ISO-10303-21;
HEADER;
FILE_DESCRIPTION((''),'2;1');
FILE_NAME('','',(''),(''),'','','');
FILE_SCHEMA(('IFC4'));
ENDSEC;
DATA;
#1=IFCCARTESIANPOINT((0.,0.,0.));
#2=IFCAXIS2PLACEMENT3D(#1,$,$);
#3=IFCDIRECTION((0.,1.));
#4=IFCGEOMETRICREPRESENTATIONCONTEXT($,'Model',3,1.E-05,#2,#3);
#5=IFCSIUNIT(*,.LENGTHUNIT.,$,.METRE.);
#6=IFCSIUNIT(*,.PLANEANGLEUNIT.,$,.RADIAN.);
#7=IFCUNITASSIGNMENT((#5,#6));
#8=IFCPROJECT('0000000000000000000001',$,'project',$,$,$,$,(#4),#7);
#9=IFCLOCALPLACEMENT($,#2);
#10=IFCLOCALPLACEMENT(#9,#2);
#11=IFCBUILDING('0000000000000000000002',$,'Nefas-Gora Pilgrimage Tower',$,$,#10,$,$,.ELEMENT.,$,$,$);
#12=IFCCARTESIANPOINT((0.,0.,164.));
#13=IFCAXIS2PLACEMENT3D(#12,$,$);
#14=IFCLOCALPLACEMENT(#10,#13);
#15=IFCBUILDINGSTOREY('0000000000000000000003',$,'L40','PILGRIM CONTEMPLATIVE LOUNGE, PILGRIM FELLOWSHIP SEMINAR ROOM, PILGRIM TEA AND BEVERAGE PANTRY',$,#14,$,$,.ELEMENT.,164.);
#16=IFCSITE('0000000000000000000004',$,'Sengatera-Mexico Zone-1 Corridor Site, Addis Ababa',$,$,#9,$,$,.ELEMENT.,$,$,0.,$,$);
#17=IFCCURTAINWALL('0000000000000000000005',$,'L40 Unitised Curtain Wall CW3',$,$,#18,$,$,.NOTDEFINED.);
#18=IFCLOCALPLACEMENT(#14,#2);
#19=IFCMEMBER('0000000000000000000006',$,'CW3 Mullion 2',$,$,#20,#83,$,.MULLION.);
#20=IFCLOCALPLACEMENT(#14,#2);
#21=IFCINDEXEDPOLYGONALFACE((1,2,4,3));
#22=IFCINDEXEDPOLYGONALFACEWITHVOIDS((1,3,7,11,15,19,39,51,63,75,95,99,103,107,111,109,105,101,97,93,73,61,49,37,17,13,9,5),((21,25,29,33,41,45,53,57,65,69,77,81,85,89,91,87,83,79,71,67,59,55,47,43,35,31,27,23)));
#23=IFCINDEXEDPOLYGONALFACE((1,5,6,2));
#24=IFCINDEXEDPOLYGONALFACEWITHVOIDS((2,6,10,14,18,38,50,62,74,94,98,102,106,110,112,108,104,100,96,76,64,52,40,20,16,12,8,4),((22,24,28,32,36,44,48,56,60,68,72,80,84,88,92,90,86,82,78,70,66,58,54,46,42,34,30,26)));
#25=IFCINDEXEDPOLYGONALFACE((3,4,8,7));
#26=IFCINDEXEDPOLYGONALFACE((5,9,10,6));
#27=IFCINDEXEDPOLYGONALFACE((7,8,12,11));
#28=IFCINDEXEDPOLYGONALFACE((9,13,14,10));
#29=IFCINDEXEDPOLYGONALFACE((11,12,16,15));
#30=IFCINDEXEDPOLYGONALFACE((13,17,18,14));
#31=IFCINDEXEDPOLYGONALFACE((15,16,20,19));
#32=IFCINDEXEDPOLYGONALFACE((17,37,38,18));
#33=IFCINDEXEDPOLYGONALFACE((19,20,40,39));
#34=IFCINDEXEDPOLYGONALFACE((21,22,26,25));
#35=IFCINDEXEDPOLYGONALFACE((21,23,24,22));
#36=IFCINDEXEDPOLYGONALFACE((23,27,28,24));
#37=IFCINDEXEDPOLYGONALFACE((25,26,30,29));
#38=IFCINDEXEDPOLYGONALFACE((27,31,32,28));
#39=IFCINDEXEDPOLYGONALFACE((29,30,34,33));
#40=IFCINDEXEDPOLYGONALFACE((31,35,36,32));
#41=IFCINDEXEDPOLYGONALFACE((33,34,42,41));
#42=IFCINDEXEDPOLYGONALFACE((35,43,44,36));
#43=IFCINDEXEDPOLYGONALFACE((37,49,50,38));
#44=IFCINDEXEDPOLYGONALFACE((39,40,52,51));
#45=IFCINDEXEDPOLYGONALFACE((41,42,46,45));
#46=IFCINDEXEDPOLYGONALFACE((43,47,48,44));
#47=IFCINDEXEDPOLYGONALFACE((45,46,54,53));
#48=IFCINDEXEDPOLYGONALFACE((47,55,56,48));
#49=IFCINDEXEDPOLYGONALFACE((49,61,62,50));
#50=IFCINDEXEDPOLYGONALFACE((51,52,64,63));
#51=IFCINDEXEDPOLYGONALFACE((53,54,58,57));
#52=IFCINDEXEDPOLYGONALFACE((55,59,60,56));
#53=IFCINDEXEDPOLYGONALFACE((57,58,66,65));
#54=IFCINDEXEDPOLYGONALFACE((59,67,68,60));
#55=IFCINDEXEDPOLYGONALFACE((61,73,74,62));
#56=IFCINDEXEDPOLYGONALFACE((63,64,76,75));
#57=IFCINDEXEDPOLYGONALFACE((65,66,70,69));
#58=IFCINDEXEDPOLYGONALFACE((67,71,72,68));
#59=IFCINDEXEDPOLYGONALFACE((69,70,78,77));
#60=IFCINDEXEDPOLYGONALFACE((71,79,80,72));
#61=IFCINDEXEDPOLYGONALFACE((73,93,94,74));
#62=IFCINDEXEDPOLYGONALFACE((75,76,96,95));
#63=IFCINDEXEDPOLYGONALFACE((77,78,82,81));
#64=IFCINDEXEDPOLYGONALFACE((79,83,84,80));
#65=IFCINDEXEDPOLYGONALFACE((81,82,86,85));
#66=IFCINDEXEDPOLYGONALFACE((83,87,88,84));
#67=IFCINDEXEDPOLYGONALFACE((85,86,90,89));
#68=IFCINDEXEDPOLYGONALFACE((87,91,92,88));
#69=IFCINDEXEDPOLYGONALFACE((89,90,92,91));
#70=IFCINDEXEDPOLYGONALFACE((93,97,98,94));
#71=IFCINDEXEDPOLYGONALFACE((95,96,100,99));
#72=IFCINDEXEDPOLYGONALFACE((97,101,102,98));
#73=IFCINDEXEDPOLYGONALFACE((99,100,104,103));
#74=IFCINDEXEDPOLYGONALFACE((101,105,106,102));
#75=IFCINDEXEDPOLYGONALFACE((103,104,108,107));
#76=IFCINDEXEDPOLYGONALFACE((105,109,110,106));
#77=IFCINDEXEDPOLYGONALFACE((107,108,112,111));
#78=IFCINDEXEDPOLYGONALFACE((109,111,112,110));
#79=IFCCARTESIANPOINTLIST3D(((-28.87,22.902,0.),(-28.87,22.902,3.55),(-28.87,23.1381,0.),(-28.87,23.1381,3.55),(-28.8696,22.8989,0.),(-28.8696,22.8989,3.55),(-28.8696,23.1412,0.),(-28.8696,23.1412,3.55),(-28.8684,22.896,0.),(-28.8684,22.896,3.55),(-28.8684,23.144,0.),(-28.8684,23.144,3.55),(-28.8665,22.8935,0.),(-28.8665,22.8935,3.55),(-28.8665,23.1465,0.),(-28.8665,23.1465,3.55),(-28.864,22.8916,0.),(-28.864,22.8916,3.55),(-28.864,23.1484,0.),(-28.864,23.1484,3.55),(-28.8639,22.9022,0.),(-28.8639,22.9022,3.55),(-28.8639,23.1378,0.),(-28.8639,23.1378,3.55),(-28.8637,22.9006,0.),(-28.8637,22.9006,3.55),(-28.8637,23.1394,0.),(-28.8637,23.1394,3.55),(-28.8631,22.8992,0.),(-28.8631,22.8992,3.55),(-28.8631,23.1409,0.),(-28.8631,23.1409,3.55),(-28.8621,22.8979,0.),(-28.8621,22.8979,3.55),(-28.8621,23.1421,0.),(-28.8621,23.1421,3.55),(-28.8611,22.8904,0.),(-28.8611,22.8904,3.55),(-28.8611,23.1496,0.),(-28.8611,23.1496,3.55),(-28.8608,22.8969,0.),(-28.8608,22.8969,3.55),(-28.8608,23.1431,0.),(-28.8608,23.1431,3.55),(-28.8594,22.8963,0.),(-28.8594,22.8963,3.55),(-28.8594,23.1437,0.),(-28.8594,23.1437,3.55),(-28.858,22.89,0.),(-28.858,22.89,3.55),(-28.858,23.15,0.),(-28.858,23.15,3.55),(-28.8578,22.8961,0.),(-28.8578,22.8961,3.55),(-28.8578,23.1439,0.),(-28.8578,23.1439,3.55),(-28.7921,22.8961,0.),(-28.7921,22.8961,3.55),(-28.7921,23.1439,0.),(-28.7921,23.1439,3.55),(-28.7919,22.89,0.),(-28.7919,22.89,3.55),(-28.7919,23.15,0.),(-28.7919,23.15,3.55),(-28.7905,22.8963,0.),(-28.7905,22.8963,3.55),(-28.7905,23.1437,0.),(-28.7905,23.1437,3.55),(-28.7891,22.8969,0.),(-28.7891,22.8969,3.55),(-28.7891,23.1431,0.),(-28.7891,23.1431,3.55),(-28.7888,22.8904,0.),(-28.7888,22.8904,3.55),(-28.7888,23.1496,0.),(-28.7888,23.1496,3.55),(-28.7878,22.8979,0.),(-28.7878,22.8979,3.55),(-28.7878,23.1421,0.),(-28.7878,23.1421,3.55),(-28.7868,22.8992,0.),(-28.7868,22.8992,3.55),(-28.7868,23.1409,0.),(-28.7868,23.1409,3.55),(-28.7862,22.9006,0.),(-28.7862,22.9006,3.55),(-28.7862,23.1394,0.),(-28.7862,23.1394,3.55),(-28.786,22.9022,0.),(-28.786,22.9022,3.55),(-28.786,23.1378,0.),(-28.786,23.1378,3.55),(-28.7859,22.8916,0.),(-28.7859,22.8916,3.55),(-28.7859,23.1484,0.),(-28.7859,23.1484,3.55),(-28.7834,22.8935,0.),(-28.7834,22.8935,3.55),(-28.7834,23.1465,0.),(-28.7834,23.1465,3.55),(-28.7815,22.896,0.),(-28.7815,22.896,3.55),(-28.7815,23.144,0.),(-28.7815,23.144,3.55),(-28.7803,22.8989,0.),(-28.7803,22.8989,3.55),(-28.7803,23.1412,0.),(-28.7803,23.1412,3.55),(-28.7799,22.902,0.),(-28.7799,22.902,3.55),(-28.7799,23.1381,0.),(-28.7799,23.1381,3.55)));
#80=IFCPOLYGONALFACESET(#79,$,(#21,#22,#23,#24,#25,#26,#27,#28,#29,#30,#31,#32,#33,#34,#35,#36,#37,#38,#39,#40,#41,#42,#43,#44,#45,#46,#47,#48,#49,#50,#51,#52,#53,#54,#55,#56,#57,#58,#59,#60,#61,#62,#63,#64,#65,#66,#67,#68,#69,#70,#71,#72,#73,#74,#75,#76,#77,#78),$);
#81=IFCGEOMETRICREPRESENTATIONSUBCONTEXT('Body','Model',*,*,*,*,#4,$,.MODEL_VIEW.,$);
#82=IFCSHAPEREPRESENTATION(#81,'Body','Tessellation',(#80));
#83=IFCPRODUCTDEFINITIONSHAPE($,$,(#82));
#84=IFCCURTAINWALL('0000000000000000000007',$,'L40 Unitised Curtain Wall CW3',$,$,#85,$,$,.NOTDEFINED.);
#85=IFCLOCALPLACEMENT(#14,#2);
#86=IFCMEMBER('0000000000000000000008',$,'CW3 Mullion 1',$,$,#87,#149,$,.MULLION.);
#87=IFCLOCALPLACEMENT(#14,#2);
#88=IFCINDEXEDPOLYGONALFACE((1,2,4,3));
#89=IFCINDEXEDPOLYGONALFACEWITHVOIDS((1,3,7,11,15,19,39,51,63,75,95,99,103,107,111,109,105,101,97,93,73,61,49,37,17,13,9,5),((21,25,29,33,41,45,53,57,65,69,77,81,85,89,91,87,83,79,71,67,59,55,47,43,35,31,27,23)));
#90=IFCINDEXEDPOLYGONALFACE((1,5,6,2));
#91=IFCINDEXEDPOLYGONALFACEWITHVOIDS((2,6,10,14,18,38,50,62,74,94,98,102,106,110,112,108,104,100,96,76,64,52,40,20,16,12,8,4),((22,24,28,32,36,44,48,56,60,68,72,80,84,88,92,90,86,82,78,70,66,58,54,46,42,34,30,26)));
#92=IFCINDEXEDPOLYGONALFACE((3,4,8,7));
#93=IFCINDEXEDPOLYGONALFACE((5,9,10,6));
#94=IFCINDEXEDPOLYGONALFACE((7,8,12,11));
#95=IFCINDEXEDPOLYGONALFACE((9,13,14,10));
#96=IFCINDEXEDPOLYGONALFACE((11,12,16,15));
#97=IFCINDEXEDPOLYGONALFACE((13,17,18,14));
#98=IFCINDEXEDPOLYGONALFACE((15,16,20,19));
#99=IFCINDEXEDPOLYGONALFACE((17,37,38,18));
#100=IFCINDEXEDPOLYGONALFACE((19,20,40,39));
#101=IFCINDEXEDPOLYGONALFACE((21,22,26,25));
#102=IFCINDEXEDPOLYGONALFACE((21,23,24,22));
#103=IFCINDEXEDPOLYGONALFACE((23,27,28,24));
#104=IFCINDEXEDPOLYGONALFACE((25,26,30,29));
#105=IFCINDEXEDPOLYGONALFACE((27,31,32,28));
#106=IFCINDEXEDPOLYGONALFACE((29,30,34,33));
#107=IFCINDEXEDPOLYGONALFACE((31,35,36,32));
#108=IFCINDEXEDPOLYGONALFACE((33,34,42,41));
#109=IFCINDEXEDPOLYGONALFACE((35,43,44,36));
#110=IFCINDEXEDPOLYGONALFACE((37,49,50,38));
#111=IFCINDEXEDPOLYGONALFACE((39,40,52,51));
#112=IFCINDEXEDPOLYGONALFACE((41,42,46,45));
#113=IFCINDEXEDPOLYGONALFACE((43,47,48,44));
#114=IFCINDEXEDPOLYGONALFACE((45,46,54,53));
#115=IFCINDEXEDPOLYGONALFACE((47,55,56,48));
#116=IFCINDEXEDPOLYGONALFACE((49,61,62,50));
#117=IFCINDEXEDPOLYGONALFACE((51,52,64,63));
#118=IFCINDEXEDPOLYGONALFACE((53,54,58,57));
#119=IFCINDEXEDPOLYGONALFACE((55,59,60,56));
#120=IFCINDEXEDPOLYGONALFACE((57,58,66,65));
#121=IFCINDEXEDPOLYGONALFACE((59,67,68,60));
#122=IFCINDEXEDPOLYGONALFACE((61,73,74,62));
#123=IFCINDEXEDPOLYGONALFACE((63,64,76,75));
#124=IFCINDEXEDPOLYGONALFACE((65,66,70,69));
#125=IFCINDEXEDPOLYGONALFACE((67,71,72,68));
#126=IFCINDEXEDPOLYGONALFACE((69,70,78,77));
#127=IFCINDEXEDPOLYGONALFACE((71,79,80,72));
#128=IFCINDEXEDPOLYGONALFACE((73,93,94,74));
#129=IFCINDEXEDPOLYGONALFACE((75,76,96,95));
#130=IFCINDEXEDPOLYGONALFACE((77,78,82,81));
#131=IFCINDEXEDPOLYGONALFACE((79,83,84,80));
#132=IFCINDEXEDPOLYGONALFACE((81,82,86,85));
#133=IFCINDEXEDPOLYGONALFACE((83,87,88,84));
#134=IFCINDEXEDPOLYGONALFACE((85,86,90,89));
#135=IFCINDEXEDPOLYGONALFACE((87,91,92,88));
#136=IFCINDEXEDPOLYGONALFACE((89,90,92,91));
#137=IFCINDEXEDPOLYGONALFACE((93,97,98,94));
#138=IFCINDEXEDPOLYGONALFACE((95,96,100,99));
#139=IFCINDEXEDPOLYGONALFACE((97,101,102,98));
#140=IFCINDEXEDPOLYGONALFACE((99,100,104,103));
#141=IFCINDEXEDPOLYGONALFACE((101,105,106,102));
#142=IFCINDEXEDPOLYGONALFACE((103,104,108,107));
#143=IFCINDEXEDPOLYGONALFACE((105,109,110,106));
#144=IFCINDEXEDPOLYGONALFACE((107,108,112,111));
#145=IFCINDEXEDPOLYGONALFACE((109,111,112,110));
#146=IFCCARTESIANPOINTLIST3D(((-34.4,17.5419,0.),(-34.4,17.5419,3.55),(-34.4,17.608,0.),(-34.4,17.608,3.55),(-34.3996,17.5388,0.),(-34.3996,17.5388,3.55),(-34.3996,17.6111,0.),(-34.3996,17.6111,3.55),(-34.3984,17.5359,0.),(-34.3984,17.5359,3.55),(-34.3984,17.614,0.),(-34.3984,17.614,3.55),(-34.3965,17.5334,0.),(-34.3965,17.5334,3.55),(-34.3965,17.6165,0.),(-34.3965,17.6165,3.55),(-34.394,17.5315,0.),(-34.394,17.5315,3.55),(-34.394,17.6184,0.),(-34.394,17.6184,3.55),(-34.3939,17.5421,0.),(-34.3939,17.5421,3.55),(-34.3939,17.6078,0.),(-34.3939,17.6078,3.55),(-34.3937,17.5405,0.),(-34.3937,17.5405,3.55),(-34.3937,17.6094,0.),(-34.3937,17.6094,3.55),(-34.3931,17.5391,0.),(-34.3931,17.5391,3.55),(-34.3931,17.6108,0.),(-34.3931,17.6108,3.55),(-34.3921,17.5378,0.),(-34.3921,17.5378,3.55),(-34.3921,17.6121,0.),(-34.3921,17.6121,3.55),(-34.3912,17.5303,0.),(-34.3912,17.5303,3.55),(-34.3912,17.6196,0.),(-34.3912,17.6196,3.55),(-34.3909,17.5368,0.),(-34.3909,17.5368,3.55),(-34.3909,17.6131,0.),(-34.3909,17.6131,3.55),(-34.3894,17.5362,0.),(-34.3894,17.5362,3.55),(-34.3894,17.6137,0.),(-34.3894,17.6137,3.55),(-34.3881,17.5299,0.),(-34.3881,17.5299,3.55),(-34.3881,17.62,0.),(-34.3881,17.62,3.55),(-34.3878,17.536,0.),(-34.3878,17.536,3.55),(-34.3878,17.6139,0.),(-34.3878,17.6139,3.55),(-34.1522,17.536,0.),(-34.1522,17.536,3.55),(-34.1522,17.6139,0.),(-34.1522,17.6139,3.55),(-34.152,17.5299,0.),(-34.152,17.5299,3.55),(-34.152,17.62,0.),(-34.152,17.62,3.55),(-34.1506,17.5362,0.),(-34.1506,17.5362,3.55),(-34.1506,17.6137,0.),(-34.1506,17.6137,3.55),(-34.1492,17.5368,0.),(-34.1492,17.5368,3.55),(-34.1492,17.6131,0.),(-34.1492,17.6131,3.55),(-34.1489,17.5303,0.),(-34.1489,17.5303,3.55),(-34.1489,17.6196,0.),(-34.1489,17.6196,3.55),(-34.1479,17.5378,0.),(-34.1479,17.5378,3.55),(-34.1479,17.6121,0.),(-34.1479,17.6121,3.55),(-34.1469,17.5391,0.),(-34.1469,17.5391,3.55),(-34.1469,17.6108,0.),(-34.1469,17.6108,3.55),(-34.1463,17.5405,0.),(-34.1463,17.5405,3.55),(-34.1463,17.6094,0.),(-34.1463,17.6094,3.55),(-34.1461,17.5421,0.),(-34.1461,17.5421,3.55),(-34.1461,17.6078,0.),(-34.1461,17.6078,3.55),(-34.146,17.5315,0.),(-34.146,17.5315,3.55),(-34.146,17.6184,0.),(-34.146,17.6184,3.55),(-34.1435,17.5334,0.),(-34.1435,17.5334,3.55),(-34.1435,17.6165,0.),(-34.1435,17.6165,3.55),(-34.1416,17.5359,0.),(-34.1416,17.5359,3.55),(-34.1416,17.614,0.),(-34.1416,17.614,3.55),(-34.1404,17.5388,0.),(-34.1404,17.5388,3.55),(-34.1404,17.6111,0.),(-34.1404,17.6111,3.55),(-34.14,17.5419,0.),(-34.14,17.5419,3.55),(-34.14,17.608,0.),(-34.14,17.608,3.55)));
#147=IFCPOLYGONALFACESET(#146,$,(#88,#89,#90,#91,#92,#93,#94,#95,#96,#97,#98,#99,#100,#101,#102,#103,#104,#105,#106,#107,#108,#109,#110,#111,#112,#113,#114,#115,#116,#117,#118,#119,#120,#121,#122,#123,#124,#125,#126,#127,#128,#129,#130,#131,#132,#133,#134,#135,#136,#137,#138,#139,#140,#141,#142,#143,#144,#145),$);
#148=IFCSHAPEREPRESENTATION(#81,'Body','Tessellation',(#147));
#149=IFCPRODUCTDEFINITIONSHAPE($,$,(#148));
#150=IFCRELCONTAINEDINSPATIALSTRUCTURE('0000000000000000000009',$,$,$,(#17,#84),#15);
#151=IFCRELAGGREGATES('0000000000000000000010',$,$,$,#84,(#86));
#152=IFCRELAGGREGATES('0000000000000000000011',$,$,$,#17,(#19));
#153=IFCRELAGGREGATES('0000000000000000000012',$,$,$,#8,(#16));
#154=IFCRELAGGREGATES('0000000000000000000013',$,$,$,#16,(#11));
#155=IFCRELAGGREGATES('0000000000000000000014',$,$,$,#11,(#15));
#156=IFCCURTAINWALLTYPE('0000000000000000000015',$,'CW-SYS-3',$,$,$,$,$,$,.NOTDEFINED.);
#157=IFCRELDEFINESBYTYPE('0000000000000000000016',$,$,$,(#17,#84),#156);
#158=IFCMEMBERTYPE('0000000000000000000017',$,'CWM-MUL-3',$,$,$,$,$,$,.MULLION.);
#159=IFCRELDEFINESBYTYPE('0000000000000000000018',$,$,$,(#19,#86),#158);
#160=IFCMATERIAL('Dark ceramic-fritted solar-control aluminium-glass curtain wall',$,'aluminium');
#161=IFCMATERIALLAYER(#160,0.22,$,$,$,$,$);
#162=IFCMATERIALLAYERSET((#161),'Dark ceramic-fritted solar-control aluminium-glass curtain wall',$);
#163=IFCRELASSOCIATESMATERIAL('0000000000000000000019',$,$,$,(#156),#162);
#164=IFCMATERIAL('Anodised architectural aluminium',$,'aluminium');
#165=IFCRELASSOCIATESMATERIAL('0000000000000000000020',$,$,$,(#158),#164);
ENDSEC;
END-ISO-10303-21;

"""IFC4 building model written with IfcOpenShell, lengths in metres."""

from ifc_helpers import new_model, si_unit, direction, frame, origin, origin_2d, place, context, subcontext, project, spatial, hollow_rectangle, extrude, source, transform, mapped, material, layer, layer_set, material_profile, profile_set, type_object, element, aggregate, save


model = new_model("IFC4")

# Units and contexts
model_context = context("Model", 3, precision=1e-05, world=origin(), true_north=direction((0.0, 1.0)))
body_context = subcontext(model_context, "Body", "Model", "MODEL_VIEW")
ifc_project = project(units=[si_unit("LENGTHUNIT", "METRE"), si_unit("PLANEANGLEUNIT", "RADIAN")], contexts=[model_context])

# Site, building, storey
site_placement = place(None, origin())
site = spatial("IfcSite", under=ifc_project, at=site_placement, Name="Sengatera-Mexico Zone-1 Corridor Site, Addis Ababa", CompositionType="ELEMENT", RefElevation=0.0)
building_placement = place(site_placement, origin())
building = spatial("IfcBuilding", under=site, at=building_placement, Name="Nefas-Gora Pilgrimage Tower", CompositionType="ELEMENT")
storey_placement = place(building_placement, frame((0.0, 0.0, 164.0)))
storey = spatial("IfcBuildingStorey", under=building, at=storey_placement, Name="L40", Description="PILGRIM CONTEMPLATIVE LOUNGE, PILGRIM FELLOWSHIP SEMINAR ROOM, PILGRIM TEA AND BEVERAGE PANTRY", CompositionType="ELEMENT", Elevation=164.0)

# Shared definitions
ifc_material_1 = material(Name="Dark ceramic-fritted solar-control aluminium-glass curtain wall", Category="aluminium")
ifc_material_2 = material(Name="Anodised architectural aluminium", Category="aluminium")

# Curtain wall, member
ifc_layer_1 = layer(ifc_material_1, 0.22)
ifc_layer_set_1 = layer_set([ifc_layer_1], Name="Dark ceramic-fritted solar-control aluminium-glass curtain wall")
curtain_wall_type_1 = type_object("IfcCurtainWallType", Name="CW-SYS-3", PredefinedType="NOTDEFINED", material=ifc_layer_set_1)
curtain_wall_1_placement = place(storey_placement, origin())
curtain_wall_1 = element("IfcCurtainWall", 1, at=curtain_wall_1_placement, inside=storey, type_object=curtain_wall_type_1, Name="L40 Unitised Curtain Wall CW3", PredefinedType="NOTDEFINED")
ifc_material_profile_1 = material_profile(ifc_material_2, hollow_rectangle(XDim=0.0901, YDim=0.26, WallThickness=0.0061, InnerFilletRadius=0.0061, OuterFilletRadius=0.012, at=origin_2d()), Name="ALU MULLION 90x260")
ifc_profile_set_1 = profile_set([ifc_material_profile_1], Name="Anodised architectural aluminium")
member_type_1 = type_object("IfcMemberType", Name="CWM-MUL-3", PredefinedType="MULLION", material=ifc_profile_set_1)
shared_shape_1 = source(origin(), body_context, "Body", "SweptSolid", [
    extrude(hollow_rectangle(XDim=0.0901, YDim=0.26, WallThickness=0.0061, InnerFilletRadius=0.0061, OuterFilletRadius=0.012, at=origin_2d()), origin(), (0.0, 0.0, 1.0), 3.55),
])
member_1_placement = place(storey_placement, frame((-28.825, 23.02, 0.0), z_axis=(0.0, 0.0, 1.0), x_axis=(-1.0, 0.0, 0.0)))
member_1 = element("IfcMember", 2, at=member_1_placement, type_object=member_type_1, Name="CW3 Mullion 2", PredefinedType="MULLION", context=body_context, shape_type="MappedRepresentation", body=[
    mapped(shared_shape_1, transform((0.0, 0.0, 0.0), x_axis=(1.0, 0.0, 0.0), y_axis=(0.0, 1.0, 0.0), z_axis=(0.0, 0.0, 1.0), scale=1.0)),
])

# Curtain wall, member
curtain_wall_2_placement = place(storey_placement, origin())
curtain_wall_2 = element("IfcCurtainWall", 3, at=curtain_wall_2_placement, inside=storey, type_object=curtain_wall_type_1, Name="L40 Unitised Curtain Wall CW3", PredefinedType="NOTDEFINED")
member_2_placement = place(storey_placement, frame((-34.27, 17.575, 0.0), z_axis=(0.0, 0.0, 1.0), x_axis=(0.0, -1.0, 0.0)))
member_2 = element("IfcMember", 4, at=member_2_placement, type_object=member_type_1, Name="CW3 Mullion 1", PredefinedType="MULLION", context=body_context, shape_type="MappedRepresentation", body=[
    mapped(shared_shape_1, transform((0.0, 0.0, 0.0), x_axis=(1.0, 0.0, 0.0), y_axis=(0.0, 1.0, 0.0), z_axis=(0.0, 0.0, 1.0), scale=1.0)),
])

aggregate(curtain_wall_2, [member_2])

aggregate(curtain_wall_1, [member_1])

save(model, "model.ifc")
